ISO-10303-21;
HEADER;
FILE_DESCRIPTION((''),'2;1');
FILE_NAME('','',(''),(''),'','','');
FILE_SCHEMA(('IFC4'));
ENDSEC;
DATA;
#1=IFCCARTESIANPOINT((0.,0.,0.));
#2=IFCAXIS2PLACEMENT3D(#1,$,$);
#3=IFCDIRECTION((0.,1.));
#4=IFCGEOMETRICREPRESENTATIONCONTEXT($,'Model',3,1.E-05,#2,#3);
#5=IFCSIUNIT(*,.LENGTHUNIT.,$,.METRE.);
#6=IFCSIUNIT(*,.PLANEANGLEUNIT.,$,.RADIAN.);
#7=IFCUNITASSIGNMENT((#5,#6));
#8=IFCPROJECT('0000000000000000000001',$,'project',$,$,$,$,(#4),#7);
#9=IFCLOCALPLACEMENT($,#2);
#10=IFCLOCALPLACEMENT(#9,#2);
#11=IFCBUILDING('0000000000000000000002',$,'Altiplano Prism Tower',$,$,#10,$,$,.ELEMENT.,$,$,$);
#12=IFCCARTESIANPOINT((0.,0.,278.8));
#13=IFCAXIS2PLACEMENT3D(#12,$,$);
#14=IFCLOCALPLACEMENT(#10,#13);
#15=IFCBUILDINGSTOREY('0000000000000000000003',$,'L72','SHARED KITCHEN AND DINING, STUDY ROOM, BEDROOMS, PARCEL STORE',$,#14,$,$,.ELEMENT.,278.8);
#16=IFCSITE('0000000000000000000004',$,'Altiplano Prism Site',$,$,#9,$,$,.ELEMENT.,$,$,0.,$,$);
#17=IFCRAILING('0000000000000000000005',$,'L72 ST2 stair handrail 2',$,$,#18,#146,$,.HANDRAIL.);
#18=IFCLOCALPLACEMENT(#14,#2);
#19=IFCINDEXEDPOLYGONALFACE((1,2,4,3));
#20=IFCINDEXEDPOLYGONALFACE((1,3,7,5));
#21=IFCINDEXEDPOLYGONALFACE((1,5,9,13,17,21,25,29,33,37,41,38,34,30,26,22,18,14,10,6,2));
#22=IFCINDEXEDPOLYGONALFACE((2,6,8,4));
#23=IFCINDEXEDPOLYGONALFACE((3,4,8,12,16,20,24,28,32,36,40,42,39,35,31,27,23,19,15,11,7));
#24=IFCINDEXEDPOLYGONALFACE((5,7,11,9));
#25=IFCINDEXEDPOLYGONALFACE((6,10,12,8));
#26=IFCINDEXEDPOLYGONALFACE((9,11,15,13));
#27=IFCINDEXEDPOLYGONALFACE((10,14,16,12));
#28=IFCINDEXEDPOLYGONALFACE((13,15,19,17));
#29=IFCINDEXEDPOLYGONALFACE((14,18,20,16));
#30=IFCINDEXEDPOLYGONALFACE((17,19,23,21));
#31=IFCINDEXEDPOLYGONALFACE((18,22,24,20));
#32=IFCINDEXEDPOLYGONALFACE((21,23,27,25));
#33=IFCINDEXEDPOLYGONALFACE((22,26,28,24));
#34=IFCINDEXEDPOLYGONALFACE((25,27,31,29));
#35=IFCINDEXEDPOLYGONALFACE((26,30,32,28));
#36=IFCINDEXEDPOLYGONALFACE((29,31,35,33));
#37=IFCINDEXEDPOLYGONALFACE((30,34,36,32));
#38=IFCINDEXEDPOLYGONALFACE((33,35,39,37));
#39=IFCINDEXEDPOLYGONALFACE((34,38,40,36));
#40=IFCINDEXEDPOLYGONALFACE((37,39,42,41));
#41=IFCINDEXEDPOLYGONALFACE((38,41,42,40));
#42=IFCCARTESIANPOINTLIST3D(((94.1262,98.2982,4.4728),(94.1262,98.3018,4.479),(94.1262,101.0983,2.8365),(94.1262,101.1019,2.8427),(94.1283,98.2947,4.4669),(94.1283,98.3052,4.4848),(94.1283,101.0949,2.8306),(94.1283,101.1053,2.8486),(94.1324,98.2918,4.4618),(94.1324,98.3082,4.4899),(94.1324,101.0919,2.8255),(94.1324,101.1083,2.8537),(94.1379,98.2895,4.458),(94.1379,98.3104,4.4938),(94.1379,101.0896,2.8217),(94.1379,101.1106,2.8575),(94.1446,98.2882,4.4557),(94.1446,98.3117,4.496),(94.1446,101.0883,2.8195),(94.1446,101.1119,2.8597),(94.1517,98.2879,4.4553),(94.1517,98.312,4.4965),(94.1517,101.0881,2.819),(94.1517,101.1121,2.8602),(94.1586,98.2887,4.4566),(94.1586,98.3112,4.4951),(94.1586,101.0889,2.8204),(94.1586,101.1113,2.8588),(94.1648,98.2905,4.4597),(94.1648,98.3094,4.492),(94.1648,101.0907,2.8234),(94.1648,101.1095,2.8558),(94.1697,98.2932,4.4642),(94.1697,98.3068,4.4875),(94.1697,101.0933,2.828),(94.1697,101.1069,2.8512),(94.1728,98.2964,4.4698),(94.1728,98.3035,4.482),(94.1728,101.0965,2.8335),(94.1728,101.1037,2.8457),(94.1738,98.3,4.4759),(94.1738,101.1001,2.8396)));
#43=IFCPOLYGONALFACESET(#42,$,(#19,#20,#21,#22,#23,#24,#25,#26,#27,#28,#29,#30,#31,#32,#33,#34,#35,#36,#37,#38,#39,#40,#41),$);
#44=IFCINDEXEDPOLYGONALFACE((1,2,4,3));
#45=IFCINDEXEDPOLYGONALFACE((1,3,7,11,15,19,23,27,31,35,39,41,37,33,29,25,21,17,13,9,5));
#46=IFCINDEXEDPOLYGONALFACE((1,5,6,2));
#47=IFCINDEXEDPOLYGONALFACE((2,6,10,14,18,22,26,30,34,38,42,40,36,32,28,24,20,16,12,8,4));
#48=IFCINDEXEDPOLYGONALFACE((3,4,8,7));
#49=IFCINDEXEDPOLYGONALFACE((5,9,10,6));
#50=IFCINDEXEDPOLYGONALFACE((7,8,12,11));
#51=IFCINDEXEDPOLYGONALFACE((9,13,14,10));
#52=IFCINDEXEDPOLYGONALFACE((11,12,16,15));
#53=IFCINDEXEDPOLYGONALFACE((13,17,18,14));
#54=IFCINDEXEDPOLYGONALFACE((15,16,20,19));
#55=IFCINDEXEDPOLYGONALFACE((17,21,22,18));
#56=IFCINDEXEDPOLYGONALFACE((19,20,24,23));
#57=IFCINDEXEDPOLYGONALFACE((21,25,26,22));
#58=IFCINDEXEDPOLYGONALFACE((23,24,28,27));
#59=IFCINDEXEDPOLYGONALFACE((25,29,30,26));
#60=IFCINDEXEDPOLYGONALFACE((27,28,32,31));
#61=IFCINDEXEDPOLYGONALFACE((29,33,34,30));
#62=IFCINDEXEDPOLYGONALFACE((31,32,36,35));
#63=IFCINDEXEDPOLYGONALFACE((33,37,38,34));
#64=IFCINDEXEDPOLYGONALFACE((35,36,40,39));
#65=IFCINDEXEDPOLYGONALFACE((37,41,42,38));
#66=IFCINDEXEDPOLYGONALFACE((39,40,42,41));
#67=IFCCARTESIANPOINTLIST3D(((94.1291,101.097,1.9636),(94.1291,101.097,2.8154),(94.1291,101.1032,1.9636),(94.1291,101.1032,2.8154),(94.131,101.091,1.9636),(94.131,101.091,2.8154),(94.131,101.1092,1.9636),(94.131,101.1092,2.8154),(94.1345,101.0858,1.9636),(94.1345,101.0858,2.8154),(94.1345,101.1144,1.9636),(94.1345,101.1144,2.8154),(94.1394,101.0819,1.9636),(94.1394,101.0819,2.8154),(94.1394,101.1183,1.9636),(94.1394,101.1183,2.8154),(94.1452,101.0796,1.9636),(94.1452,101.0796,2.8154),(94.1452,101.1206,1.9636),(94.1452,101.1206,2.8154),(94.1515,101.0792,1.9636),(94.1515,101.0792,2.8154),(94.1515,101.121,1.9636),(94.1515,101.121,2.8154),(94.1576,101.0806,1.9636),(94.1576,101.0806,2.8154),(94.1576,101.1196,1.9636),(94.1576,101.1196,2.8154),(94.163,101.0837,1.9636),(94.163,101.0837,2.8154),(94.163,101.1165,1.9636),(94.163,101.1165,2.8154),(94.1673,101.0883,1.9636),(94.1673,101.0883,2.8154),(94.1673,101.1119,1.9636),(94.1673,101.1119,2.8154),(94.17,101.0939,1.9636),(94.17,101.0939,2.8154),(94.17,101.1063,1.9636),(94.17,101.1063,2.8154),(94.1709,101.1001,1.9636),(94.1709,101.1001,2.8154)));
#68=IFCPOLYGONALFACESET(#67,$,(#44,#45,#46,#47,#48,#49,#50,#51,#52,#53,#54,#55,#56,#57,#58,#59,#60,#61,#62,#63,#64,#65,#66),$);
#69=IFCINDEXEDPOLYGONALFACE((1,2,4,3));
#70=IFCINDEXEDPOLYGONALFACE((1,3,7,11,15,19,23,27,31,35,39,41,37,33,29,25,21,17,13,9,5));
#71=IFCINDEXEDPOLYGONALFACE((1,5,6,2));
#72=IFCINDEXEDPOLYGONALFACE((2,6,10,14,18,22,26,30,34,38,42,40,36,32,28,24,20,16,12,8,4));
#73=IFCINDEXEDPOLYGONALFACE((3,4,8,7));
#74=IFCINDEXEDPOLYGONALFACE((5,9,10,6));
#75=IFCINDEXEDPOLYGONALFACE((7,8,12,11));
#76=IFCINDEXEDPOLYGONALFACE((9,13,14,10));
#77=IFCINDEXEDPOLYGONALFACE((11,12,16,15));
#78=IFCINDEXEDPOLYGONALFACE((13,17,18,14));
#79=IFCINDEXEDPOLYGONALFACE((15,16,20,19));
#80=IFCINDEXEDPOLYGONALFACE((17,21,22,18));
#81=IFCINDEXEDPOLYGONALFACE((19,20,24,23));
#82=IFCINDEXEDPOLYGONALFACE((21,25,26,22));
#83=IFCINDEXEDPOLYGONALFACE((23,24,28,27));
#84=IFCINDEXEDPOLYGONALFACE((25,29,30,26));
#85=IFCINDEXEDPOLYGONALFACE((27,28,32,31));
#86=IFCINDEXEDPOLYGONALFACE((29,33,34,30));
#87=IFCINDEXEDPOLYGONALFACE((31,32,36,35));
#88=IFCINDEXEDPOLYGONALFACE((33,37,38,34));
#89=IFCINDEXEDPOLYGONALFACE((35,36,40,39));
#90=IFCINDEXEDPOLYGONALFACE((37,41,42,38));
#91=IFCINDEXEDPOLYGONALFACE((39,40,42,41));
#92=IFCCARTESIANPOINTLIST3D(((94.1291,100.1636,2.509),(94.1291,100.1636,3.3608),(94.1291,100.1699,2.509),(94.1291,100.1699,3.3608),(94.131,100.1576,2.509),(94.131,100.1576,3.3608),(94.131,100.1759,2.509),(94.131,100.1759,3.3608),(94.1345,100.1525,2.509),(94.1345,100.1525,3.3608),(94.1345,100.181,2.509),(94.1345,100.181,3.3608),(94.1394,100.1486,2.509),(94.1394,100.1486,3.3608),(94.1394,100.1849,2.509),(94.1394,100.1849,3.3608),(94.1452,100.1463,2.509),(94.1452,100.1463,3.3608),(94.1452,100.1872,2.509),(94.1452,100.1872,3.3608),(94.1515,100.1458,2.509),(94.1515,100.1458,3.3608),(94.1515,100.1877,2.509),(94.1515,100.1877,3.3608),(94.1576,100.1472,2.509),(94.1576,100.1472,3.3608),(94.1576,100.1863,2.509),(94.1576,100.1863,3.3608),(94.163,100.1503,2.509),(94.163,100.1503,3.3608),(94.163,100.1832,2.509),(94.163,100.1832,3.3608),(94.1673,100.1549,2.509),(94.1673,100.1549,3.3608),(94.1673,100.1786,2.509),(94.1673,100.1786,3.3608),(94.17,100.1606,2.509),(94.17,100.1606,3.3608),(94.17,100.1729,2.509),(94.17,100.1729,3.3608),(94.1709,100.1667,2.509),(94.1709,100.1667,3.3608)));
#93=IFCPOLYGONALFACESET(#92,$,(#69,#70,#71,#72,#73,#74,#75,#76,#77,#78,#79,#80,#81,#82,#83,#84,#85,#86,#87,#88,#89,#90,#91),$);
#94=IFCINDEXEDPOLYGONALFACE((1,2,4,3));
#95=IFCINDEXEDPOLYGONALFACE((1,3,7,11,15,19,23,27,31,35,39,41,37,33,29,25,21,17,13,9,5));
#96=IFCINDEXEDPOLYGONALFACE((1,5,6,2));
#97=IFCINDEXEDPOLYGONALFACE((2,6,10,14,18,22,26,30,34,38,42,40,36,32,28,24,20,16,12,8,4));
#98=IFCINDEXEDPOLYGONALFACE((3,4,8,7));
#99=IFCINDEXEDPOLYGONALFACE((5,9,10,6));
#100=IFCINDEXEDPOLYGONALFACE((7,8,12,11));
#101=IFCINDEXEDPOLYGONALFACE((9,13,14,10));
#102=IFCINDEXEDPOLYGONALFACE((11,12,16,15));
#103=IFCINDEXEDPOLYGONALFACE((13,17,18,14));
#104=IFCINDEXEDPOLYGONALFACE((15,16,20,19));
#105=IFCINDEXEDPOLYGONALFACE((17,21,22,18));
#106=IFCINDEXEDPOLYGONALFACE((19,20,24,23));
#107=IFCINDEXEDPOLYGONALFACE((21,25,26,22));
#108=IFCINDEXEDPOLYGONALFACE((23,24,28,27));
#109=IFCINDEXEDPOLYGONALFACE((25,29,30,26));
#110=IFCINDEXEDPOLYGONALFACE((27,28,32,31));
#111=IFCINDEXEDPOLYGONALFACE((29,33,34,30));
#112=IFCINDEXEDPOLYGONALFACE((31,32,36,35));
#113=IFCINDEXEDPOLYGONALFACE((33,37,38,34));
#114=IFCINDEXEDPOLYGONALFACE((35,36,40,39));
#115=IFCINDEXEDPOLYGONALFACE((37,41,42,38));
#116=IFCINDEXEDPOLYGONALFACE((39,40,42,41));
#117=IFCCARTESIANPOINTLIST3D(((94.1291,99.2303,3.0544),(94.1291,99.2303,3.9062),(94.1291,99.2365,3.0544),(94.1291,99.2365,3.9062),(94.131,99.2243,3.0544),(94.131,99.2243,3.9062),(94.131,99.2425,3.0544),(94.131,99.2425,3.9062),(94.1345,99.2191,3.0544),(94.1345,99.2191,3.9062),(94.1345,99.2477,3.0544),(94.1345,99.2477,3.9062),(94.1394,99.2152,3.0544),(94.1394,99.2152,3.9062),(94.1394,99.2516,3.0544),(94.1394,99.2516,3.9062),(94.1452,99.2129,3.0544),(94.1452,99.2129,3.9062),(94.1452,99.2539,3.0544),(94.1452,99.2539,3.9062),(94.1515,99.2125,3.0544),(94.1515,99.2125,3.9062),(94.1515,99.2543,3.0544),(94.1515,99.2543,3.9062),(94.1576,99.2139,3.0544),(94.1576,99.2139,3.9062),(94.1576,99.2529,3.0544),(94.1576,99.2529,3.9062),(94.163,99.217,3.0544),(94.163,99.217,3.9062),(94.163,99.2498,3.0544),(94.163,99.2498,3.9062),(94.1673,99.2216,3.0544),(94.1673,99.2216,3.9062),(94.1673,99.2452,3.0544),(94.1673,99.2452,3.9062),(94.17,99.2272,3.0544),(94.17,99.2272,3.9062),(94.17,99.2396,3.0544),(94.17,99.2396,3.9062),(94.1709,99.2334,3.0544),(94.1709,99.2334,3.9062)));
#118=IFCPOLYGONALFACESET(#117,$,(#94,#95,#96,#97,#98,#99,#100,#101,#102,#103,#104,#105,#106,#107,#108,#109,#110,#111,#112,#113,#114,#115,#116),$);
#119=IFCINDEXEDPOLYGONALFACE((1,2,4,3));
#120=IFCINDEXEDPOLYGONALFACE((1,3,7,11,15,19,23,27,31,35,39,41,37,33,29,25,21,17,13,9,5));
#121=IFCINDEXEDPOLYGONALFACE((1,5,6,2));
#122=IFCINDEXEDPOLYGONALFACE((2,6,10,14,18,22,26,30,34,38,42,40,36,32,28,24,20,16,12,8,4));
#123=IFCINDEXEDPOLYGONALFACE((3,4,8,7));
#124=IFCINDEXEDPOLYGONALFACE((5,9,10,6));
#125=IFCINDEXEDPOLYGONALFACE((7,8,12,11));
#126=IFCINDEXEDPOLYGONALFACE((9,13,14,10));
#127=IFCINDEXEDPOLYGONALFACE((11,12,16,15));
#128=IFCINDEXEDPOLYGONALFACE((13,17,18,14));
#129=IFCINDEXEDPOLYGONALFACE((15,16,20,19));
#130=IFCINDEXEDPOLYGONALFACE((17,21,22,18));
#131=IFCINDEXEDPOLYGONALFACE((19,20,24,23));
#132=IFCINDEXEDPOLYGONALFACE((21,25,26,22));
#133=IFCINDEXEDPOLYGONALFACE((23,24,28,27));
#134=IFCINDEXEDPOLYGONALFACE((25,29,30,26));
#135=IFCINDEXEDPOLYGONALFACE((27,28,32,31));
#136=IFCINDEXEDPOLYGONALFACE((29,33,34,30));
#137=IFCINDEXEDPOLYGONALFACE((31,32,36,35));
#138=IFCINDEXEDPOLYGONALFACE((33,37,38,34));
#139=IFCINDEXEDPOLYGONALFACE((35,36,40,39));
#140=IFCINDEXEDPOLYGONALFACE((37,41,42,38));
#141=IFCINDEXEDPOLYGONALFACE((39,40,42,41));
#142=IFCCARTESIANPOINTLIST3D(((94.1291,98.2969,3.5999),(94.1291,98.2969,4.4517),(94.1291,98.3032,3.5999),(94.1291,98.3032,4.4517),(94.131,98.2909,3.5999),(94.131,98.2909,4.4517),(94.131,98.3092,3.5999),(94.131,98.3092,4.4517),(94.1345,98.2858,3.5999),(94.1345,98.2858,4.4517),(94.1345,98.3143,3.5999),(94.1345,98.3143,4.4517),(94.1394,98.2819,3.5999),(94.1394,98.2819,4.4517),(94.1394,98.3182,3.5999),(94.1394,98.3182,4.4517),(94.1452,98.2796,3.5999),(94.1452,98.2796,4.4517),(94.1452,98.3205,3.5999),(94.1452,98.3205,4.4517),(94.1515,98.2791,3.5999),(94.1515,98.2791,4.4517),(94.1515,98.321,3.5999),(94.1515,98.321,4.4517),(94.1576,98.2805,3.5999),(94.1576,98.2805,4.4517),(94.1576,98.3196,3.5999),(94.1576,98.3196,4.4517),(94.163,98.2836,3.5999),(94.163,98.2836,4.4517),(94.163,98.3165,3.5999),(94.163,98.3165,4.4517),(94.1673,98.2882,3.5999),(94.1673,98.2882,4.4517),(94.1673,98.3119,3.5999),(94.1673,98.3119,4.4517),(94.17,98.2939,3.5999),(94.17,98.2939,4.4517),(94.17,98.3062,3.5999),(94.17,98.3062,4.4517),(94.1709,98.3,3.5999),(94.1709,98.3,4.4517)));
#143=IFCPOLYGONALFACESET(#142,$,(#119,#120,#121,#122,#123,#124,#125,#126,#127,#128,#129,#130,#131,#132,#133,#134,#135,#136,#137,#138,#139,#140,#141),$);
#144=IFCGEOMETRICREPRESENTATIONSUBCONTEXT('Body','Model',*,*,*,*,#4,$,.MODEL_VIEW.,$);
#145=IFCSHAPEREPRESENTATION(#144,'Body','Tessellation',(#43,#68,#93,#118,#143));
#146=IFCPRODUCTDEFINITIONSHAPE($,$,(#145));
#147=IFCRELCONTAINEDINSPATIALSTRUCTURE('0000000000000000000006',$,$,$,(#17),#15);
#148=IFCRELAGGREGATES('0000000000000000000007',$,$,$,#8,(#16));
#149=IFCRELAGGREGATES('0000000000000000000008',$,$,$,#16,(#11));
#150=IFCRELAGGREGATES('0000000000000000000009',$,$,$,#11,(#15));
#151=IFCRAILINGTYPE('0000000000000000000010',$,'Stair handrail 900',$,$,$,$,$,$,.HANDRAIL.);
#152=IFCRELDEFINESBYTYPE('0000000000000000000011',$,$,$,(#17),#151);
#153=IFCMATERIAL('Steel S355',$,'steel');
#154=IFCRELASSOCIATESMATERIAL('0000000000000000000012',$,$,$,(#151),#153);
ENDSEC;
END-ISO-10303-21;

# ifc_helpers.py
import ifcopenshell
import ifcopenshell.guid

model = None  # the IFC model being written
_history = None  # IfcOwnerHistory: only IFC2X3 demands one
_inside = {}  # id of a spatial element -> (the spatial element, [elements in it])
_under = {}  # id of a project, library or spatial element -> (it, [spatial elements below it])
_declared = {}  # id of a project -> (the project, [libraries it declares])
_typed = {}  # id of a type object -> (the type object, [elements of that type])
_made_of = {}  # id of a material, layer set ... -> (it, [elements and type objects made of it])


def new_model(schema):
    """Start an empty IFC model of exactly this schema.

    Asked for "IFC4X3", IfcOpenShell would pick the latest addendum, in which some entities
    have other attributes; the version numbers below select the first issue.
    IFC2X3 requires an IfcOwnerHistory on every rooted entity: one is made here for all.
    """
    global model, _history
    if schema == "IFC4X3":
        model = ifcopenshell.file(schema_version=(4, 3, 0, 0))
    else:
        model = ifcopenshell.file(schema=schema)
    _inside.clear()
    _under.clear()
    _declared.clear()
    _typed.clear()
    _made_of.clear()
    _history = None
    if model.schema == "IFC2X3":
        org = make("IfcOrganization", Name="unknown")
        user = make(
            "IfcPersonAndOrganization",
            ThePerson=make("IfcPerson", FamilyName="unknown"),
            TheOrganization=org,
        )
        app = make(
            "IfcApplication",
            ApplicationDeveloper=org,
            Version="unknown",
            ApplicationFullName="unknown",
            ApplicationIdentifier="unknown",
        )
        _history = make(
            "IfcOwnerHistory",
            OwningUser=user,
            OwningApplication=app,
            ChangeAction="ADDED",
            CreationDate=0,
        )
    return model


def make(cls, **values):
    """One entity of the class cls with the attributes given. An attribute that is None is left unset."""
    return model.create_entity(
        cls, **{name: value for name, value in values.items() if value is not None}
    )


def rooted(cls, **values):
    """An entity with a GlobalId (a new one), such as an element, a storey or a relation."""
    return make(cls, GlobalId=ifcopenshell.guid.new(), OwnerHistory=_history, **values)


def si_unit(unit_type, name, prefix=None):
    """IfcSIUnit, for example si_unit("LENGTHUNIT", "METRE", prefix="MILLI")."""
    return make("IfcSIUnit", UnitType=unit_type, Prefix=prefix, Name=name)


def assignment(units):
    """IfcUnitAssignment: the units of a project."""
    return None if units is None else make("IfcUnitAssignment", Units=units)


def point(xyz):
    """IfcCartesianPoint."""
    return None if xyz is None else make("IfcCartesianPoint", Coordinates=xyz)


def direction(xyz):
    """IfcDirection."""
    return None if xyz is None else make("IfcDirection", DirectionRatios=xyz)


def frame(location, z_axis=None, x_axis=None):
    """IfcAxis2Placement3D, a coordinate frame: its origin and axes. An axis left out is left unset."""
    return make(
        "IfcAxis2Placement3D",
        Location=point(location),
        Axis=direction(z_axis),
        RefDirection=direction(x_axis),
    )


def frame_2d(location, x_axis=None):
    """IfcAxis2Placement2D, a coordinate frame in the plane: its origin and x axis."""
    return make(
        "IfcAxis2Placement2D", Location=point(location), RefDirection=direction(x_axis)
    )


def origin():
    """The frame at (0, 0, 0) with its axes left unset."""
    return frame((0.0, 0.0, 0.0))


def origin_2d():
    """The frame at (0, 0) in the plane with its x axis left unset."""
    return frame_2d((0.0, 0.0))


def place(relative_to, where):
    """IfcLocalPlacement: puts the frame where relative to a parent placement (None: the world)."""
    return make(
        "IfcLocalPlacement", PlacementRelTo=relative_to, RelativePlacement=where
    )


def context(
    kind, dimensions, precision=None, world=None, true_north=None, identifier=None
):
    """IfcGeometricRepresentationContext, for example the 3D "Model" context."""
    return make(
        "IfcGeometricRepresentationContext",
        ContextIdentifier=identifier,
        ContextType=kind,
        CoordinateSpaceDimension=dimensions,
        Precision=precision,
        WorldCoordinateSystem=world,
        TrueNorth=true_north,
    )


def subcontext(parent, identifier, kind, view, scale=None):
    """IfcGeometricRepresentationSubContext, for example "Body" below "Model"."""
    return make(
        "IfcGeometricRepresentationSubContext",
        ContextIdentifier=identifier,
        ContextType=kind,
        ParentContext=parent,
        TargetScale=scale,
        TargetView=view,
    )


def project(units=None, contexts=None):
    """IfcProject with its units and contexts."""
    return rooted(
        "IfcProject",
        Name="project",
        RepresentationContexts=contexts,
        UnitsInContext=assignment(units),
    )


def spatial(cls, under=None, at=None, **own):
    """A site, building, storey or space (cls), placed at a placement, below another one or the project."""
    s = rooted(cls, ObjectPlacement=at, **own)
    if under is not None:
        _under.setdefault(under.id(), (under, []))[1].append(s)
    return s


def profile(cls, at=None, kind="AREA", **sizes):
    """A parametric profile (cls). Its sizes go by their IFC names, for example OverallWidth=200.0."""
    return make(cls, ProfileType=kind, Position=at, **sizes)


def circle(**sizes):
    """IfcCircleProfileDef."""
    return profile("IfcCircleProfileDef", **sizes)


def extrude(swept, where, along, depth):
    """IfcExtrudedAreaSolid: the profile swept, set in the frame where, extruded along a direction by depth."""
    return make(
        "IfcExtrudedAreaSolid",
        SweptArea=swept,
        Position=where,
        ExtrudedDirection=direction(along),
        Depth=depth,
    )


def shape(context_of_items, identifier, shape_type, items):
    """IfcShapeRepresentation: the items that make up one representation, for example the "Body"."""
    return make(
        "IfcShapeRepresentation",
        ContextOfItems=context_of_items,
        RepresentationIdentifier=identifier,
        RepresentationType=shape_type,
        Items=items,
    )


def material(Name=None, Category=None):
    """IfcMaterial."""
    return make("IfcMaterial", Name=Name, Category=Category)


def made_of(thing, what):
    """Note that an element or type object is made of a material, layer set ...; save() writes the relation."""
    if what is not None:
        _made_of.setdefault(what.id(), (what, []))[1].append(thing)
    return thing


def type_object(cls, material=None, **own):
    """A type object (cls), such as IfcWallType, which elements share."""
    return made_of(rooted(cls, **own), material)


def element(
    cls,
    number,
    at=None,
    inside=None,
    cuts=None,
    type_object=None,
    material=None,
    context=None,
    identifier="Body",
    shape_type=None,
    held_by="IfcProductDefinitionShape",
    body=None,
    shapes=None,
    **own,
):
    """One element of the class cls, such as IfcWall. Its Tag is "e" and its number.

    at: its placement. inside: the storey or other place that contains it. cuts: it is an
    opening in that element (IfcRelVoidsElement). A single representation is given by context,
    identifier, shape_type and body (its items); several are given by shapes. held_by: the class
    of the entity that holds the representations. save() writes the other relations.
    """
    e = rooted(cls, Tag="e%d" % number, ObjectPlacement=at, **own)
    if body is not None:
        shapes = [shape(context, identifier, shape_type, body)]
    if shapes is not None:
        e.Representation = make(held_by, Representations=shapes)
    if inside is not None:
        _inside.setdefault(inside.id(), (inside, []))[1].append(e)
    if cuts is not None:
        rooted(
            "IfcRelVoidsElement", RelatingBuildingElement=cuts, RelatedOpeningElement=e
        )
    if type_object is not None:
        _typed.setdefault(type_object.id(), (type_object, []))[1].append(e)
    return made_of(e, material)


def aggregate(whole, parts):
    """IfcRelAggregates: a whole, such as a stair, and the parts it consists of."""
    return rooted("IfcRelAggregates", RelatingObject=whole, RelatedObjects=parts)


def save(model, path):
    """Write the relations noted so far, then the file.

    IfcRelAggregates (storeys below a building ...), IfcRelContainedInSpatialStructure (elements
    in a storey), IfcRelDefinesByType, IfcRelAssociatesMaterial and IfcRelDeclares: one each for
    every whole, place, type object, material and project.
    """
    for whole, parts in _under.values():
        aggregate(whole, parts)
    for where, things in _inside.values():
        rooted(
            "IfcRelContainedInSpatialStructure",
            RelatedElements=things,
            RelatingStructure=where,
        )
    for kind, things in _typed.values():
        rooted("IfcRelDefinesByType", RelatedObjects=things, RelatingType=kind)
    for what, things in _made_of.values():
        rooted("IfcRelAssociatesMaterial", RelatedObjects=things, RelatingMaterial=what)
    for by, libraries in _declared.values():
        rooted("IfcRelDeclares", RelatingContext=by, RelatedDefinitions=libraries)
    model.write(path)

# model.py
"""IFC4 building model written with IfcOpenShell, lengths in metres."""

from ifc_helpers import new_model, si_unit, direction, frame, origin, origin_2d, place, context, subcontext, project, spatial, circle, extrude, material, type_object, element, save


model = new_model("IFC4")

# Units and contexts
model_context = context("Model", 3, precision=1e-05, world=origin(), true_north=direction((0.0, 1.0)))
body_context = subcontext(model_context, "Body", "Model", "MODEL_VIEW")
ifc_project = project(units=[si_unit("LENGTHUNIT", "METRE"), si_unit("PLANEANGLEUNIT", "RADIAN")], contexts=[model_context])

# Site, building, storey
site_placement = place(None, origin())
site = spatial("IfcSite", under=ifc_project, at=site_placement, Name="Altiplano Prism Site", CompositionType="ELEMENT", RefElevation=0.0)
building_placement = place(site_placement, origin())
building = spatial("IfcBuilding", under=site, at=building_placement, Name="Altiplano Prism Tower", CompositionType="ELEMENT")
storey_placement = place(building_placement, frame((0.0, 0.0, 278.8)))
storey = spatial("IfcBuildingStorey", under=building, at=storey_placement, Name="L72", Description="SHARED KITCHEN AND DINING, STUDY ROOM, BEDROOMS, PARCEL STORE", CompositionType="ELEMENT", Elevation=278.8)

# Railing
ifc_material_1 = material(Name="Steel S355", Category="steel")
railing_type = type_object("IfcRailingType", Name="Stair handrail 900", PredefinedType="HANDRAIL", material=ifc_material_1)
railing_placement = place(storey_placement, frame((94.1499, 101.1001, 1.9636)))
element("IfcRailing", 1, at=railing_placement, inside=storey, type_object=railing_type, Name="L72 ST2 stair handrail 2", PredefinedType="HANDRAIL", context=body_context, shape_type="SweptSolid", body=[
    extrude(circle(Radius=0.0239, at=origin_2d()), frame((0.0, 0.0, 0.876), z_axis=(0.0, -0.863394, 0.504531), x_axis=(1.0, 0.0, 0.0)), (0.0, 0.0, 1.0), 3.2432),
    extrude(circle(Radius=0.021, at=origin_2d()), origin(), (0.0, 0.0, 1.0), 0.8518),
    extrude(circle(Radius=0.021, at=origin_2d()), frame((0.0, -0.9333, 0.5454)), (0.0, 0.0, 1.0), 0.8518),
    extrude(circle(Radius=0.021, at=origin_2d()), frame((0.0, -1.8667, 1.0908)), (0.0, 0.0, 1.0), 0.8518),
    extrude(circle(Radius=0.021, at=origin_2d()), frame((0.0, -2.8, 1.6362)), (0.0, 0.0, 1.0), 0.8518),
])

save(model, "model.ifc")
